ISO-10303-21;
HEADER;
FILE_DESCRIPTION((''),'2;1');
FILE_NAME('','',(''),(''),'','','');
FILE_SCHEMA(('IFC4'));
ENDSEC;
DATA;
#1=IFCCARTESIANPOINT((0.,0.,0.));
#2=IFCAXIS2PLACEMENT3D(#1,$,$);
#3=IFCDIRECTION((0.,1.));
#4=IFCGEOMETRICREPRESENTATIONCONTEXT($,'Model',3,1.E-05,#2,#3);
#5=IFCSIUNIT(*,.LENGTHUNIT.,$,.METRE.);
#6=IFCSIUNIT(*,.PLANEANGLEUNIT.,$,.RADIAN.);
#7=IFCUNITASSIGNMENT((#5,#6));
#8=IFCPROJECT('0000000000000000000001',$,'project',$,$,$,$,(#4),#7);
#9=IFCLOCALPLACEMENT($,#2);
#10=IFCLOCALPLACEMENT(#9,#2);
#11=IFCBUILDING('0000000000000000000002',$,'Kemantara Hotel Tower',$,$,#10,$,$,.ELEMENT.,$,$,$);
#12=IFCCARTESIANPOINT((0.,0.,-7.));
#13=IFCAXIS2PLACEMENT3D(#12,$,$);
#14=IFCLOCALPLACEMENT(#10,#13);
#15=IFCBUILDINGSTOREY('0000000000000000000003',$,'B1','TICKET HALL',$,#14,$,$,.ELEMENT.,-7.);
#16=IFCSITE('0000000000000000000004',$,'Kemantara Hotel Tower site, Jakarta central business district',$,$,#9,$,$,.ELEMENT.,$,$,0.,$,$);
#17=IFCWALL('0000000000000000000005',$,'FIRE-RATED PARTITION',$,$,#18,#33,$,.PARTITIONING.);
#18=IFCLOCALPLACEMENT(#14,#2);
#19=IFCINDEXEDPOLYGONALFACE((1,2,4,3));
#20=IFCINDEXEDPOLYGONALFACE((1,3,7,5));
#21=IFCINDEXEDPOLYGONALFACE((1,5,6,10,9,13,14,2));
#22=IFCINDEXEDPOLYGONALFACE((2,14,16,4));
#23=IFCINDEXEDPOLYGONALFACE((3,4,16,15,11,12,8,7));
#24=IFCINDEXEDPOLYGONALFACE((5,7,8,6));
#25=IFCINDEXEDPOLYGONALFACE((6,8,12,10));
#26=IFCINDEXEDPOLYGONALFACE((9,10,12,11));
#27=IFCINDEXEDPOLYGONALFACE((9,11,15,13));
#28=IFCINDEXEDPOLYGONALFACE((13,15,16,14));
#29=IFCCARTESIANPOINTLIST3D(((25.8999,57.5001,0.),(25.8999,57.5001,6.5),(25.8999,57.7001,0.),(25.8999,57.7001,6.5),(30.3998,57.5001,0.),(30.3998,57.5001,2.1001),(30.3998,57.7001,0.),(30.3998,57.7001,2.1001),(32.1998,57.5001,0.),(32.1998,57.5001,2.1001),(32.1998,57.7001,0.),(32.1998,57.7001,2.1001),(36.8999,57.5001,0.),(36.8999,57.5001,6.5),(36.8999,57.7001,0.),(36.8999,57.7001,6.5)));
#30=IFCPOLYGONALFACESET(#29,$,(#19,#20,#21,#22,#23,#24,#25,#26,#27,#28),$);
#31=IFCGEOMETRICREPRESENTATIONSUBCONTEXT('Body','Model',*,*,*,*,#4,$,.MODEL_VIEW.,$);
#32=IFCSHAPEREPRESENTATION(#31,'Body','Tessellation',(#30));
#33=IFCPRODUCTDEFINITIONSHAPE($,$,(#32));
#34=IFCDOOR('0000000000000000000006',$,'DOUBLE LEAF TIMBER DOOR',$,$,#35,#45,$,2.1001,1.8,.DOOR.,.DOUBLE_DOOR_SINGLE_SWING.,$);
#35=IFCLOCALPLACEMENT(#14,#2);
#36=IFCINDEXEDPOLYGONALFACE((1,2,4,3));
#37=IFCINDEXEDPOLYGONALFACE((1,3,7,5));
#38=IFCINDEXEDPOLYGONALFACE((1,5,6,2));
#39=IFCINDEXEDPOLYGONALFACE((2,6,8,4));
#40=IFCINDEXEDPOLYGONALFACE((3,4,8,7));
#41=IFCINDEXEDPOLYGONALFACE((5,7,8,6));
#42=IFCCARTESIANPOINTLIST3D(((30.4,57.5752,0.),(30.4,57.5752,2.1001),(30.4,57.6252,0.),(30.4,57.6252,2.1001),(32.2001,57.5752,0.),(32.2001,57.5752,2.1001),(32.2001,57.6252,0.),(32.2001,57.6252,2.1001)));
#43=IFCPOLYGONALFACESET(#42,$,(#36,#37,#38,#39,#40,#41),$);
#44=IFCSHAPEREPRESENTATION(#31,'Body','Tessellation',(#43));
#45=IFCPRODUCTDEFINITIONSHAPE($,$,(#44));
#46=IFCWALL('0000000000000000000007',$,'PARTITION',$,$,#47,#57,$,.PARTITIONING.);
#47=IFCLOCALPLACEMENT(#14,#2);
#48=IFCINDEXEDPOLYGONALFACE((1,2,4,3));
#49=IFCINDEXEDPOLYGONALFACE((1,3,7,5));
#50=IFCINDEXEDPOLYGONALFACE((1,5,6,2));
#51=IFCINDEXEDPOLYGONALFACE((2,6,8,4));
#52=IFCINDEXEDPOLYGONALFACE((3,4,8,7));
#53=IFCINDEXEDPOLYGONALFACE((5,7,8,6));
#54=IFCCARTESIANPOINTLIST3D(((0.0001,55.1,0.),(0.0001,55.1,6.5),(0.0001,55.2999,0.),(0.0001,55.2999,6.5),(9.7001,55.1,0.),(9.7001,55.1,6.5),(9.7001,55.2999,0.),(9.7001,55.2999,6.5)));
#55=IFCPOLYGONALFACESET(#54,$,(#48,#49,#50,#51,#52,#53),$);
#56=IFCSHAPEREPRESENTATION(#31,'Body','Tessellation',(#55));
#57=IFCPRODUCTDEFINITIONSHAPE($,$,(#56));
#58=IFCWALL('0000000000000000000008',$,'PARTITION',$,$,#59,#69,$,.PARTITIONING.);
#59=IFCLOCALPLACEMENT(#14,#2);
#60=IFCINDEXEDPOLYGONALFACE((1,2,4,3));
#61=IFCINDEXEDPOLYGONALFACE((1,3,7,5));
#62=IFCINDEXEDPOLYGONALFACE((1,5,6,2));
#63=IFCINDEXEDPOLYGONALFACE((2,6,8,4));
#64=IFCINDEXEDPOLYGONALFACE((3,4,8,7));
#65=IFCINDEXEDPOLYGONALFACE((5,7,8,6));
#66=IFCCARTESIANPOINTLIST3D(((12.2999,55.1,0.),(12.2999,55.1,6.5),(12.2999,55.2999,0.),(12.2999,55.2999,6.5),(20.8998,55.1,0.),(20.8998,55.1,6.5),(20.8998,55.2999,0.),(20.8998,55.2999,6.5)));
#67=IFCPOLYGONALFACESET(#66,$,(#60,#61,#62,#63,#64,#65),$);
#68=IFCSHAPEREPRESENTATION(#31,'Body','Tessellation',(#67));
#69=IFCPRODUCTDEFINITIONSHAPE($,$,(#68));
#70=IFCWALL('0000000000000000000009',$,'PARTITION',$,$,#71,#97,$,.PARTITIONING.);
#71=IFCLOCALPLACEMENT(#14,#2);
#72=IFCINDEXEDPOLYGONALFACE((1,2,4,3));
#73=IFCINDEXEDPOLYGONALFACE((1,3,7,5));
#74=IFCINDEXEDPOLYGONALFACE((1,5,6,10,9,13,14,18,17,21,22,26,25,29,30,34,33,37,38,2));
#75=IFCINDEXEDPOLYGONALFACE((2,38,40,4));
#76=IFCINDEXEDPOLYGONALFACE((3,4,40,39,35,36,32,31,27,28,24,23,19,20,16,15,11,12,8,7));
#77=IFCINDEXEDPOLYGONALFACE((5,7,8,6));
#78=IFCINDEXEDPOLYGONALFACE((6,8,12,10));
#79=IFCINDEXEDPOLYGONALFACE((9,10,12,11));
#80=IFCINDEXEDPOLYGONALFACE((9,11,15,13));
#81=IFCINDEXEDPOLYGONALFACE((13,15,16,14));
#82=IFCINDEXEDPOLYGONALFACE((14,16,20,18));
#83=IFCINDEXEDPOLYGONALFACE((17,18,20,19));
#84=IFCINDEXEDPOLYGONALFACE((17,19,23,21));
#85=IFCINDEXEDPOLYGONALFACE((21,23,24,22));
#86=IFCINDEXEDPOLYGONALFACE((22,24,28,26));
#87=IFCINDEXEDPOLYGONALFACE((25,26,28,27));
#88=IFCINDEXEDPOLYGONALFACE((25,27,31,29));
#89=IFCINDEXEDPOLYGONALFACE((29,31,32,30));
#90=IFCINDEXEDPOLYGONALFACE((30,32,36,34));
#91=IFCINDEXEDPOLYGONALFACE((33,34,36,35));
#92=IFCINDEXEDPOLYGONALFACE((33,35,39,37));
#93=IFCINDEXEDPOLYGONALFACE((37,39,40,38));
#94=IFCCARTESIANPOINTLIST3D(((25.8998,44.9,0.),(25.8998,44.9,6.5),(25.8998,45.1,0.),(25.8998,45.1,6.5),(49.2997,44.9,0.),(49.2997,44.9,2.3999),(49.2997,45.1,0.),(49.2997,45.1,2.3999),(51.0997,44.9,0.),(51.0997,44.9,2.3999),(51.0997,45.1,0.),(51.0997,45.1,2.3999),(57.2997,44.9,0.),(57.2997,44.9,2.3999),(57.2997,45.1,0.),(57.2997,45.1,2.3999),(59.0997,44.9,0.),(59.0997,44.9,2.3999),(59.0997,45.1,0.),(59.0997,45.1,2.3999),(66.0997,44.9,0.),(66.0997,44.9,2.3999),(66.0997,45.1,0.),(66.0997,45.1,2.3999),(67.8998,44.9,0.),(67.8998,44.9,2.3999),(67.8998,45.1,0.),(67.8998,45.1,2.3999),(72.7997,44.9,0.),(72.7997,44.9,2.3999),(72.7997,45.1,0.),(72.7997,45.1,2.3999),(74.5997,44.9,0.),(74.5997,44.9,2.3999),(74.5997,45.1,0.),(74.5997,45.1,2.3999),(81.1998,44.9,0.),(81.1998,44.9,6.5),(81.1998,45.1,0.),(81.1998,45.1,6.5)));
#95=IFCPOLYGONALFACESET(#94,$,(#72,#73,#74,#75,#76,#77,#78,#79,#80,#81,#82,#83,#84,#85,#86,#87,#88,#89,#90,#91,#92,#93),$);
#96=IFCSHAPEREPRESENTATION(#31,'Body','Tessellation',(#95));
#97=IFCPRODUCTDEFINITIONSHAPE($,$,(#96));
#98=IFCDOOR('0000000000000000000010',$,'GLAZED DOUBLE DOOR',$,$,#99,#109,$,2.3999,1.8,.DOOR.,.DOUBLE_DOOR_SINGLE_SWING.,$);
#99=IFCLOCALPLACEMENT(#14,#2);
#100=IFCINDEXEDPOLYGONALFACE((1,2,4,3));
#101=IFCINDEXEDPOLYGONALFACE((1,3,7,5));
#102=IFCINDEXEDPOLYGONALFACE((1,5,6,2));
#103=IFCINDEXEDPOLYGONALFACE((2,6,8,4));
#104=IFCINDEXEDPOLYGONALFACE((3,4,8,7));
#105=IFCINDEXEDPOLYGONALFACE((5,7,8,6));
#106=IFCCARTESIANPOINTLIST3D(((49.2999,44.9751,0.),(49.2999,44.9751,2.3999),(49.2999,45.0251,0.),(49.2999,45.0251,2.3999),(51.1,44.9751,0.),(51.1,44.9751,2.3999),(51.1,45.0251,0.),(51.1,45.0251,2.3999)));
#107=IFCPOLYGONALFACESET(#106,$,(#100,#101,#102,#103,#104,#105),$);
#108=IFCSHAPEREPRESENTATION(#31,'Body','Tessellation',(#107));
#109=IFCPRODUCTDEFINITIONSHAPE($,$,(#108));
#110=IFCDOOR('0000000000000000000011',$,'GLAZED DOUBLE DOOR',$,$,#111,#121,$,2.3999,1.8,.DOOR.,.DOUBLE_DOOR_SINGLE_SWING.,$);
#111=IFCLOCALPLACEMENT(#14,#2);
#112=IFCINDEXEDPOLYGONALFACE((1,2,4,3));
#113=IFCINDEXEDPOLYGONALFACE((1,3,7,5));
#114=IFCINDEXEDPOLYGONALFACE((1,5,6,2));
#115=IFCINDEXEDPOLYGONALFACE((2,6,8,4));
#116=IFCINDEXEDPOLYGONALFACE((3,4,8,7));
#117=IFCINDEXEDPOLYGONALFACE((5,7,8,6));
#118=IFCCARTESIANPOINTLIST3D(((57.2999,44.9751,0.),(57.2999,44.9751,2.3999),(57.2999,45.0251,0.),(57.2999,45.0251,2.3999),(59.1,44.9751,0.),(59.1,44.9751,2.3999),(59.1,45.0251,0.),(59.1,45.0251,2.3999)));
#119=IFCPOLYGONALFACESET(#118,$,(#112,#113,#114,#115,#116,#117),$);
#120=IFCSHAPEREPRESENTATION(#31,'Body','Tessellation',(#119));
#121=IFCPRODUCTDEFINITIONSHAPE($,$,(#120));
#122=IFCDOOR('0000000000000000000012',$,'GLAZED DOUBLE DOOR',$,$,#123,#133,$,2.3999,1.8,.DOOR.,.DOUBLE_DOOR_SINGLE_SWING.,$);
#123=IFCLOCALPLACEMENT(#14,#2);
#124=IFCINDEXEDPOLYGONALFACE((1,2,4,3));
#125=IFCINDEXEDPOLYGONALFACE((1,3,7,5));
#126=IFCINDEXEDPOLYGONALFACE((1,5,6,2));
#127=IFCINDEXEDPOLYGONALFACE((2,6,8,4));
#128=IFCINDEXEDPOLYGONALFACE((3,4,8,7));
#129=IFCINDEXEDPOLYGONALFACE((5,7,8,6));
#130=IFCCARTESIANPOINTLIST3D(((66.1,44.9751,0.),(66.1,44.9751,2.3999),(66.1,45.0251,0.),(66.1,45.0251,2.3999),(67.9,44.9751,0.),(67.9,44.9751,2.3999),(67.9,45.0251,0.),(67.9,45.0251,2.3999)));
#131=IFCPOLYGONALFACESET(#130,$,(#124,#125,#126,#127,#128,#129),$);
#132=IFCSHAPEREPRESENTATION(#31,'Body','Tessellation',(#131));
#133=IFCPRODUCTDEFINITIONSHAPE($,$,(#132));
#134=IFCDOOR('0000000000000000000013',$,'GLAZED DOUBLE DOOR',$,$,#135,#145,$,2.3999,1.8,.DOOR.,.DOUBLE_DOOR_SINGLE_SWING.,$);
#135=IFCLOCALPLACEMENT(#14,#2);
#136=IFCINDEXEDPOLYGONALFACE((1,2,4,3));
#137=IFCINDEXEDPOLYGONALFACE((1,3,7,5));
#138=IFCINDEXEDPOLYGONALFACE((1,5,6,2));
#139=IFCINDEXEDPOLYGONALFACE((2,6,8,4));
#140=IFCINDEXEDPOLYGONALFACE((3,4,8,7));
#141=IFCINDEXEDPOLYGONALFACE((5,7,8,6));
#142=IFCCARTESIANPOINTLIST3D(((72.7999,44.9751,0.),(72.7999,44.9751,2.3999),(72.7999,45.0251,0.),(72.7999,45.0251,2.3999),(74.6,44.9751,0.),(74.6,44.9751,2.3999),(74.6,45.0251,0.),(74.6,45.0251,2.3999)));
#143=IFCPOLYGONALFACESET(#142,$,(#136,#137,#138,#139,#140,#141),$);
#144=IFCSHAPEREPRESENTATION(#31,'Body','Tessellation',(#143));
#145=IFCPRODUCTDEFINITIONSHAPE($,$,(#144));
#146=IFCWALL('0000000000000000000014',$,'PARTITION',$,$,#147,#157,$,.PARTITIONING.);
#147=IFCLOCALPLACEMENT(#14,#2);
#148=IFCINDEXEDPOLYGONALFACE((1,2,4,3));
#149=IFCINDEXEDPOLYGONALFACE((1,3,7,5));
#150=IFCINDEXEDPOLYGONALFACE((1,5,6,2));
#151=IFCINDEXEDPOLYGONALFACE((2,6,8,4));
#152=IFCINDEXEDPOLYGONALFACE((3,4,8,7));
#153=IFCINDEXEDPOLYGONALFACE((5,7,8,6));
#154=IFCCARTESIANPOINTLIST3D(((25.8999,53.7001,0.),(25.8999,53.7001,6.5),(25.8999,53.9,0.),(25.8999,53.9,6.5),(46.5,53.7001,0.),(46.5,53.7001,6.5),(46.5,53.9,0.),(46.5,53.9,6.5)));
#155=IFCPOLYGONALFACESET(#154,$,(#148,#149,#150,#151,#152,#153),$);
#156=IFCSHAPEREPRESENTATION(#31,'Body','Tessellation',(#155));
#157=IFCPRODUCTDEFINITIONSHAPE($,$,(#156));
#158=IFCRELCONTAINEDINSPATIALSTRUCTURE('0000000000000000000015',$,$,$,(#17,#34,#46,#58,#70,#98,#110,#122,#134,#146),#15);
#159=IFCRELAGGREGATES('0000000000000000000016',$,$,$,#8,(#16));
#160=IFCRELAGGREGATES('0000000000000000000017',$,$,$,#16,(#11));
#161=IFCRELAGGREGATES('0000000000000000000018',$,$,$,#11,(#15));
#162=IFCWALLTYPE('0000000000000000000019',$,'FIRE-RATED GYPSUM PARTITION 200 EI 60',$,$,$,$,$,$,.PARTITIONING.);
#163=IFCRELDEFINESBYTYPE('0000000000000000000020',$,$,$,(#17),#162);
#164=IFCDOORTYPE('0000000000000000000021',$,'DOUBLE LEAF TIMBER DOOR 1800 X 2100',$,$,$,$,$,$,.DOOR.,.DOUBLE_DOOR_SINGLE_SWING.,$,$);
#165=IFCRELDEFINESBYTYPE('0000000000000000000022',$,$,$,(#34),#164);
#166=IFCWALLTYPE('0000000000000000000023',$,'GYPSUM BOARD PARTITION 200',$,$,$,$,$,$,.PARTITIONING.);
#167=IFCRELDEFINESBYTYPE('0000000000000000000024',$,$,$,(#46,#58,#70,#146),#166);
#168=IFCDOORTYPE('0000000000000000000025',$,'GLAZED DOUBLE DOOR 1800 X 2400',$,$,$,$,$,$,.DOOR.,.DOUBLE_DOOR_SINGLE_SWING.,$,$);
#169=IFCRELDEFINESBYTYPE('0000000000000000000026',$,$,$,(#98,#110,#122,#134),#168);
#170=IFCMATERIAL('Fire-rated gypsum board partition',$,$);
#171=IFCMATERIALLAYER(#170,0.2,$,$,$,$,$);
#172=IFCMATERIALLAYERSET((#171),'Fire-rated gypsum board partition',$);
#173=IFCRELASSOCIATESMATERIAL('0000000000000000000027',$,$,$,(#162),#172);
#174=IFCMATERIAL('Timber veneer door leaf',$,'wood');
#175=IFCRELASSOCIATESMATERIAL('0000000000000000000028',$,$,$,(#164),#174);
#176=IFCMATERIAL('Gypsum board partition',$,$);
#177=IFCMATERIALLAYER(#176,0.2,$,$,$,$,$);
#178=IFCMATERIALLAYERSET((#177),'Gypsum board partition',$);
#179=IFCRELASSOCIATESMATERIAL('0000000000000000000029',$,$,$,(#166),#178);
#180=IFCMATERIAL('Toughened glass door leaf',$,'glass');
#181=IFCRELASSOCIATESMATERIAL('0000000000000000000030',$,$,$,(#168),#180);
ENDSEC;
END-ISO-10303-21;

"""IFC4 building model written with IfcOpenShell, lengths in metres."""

from ifc_helpers import new_model, si_unit, direction, frame, frame_2d, origin, place, context, subcontext, project, spatial, rectangle, extrude, material, layer, layer_set, type_object, element, fill, save


model = new_model("IFC4")

# Units and contexts
model_context = context("Model", 3, precision=1e-05, world=origin(), true_north=direction((0.0, 1.0)))
body_context = subcontext(model_context, "Body", "Model", "MODEL_VIEW")
ifc_project = project(units=[si_unit("LENGTHUNIT", "METRE"), si_unit("PLANEANGLEUNIT", "RADIAN")], contexts=[model_context])

# Site, building, storey
site_placement = place(None, origin())
site = spatial("IfcSite", under=ifc_project, at=site_placement, Name="Kemantara Hotel Tower site, Jakarta central business district", CompositionType="ELEMENT", RefElevation=0.0)
building_placement = place(site_placement, origin())
building = spatial("IfcBuilding", under=site, at=building_placement, Name="Kemantara Hotel Tower", CompositionType="ELEMENT")
storey_placement = place(building_placement, frame((0.0, 0.0, -7.0)))
storey = spatial("IfcBuildingStorey", under=building, at=storey_placement, Name="B1", Description="TICKET HALL", CompositionType="ELEMENT", Elevation=-7.0)

# Wall, opening, door
ifc_material_1 = material(Name="Fire-rated gypsum board partition")
ifc_layer_1 = layer(ifc_material_1, 0.2)
ifc_layer_set_1 = layer_set([ifc_layer_1], Name="Fire-rated gypsum board partition")
wall_type_1 = type_object("IfcWallType", Name="FIRE-RATED GYPSUM PARTITION 200 EI 60", PredefinedType="PARTITIONING", material=ifc_layer_set_1)
wall_1_placement = place(storey_placement, frame((25.8999, 57.6001, 0.0), z_axis=(0.0, 0.0, 1.0), x_axis=(1.0, 0.0, 0.0)))
wall_1 = element("IfcWall", 1, at=wall_1_placement, inside=storey, type_object=wall_type_1, Name="FIRE-RATED PARTITION", PredefinedType="PARTITIONING", context=body_context, shape_type="SweptSolid", body=[
    extrude(rectangle(XDim=11.0, YDim=0.2, at=frame_2d((5.5, 0.0))), origin(), (0.0, 0.0, 1.0), 6.5),
])
opening_1_placement = place(wall_1_placement, frame((4.5, 0.0, 0.0)))
opening_1 = element("IfcOpeningElement", 2, at=opening_1_placement, cuts=wall_1, PredefinedType="OPENING", context=body_context, shape_type="SweptSolid", body=[
    extrude(rectangle(XDim=1.8, YDim=2.1001, at=frame_2d((0.8999, 1.05))), frame((0.0, 0.1099, 0.0), z_axis=(0.0, -1.0, 0.0), x_axis=(1.0, 0.0, 0.0)), (0.0, 0.0, 1.0), 0.22),
])
ifc_material_2 = material(Name="Timber veneer door leaf", Category="wood")
door_type_1 = type_object("IfcDoorType", Name="DOUBLE LEAF TIMBER DOOR 1800 X 2100", OperationType="DOUBLE_DOOR_SINGLE_SWING", PredefinedType="DOOR", material=ifc_material_2)
door_1_placement = place(opening_1_placement, frame((1.8, 0.0, 0.0), z_axis=(0.0, 0.0, 1.0), x_axis=(-1.0, 0.0, 0.0)))
door_1 = element("IfcDoor", 3, at=door_1_placement, inside=storey, type_object=door_type_1, Name="DOUBLE LEAF TIMBER DOOR", OperationType="DOUBLE_DOOR_SINGLE_SWING", OverallHeight=2.1001, OverallWidth=1.8, PredefinedType="DOOR", context=body_context, shape_type="SweptSolid", body=[
    extrude(rectangle(XDim=1.8, YDim=2.1001, at=frame_2d((0.8999, 1.05))), frame((0.0, 0.0249, 0.0), z_axis=(0.0, -1.0, 0.0), x_axis=(1.0, 0.0, 0.0)), (0.0, 0.0, 1.0), 0.05),
])
fill(opening_1, door_1)

# Walls
ifc_material_3 = material(Name="Gypsum board partition")
ifc_layer_2 = layer(ifc_material_3, 0.2)
ifc_layer_set_2 = layer_set([ifc_layer_2], Name="Gypsum board partition")
wall_type_2 = type_object("IfcWallType", Name="GYPSUM BOARD PARTITION 200", PredefinedType="PARTITIONING", material=ifc_layer_set_2)
wall_2_placement = place(storey_placement, frame((0.0, 55.2, 0.0), z_axis=(0.0, 0.0, 1.0), x_axis=(1.0, 0.0, 0.0)))
element("IfcWall", 4, at=wall_2_placement, inside=storey, type_object=wall_type_2, Name="PARTITION", PredefinedType="PARTITIONING", context=body_context, shape_type="SweptSolid", body=[
    extrude(rectangle(XDim=9.7, YDim=0.2, at=frame_2d((4.8501, 0.0))), origin(), (0.0, 0.0, 1.0), 6.5),
])
wall_3_placement = place(storey_placement, frame((12.3, 55.2, 0.0), z_axis=(0.0, 0.0, 1.0), x_axis=(1.0, 0.0, 0.0)))
element("IfcWall", 5, at=wall_3_placement, inside=storey, type_object=wall_type_2, Name="PARTITION", PredefinedType="PARTITIONING", context=body_context, shape_type="SweptSolid", body=[
    extrude(rectangle(XDim=8.5999, YDim=0.2, at=frame_2d((4.2998, 0.0))), origin(), (0.0, 0.0, 1.0), 6.5),
])

# Wall, openings, doors
wall_4_placement = place(storey_placement, frame((25.8999, 45.0, 0.0), z_axis=(0.0, 0.0, 1.0), x_axis=(1.0, 0.0, 0.0)))
wall_4 = element("IfcWall", 6, at=wall_4_placement, inside=storey, type_object=wall_type_2, Name="PARTITION", PredefinedType="PARTITIONING", context=body_context, shape_type="SweptSolid", body=[
    extrude(rectangle(XDim=55.3, YDim=0.2, at=frame_2d((27.6499, 0.0))), origin(), (0.0, 0.0, 1.0), 6.5),
])
opening_2_placement = place(wall_4_placement, frame((23.3999, 0.0, 0.0)))
opening_2 = element("IfcOpeningElement", 7, at=opening_2_placement, cuts=wall_4, PredefinedType="OPENING", context=body_context, shape_type="SweptSolid", body=[
    extrude(rectangle(XDim=1.8, YDim=2.3999, at=frame_2d((0.8999, 1.2))), frame((0.0, 0.1099, 0.0), z_axis=(0.0, -1.0, 0.0), x_axis=(1.0, 0.0, 0.0)), (0.0, 0.0, 1.0), 0.22),
])
opening_3_placement = place(wall_4_placement, frame((31.3999, 0.0, 0.0)))
opening_3 = element("IfcOpeningElement", 8, at=opening_3_placement, cuts=wall_4, PredefinedType="OPENING", context=body_context, shape_type="SweptSolid", body=[
    extrude(rectangle(XDim=1.8, YDim=2.3999, at=frame_2d((0.8999, 1.2))), frame((0.0, 0.1099, 0.0), z_axis=(0.0, -1.0, 0.0), x_axis=(1.0, 0.0, 0.0)), (0.0, 0.0, 1.0), 0.22),
])
opening_4_placement = place(wall_4_placement, frame((40.2, 0.0, 0.0)))
opening_4 = element("IfcOpeningElement", 9, at=opening_4_placement, cuts=wall_4, PredefinedType="OPENING", context=body_context, shape_type="SweptSolid", body=[
    extrude(rectangle(XDim=1.8, YDim=2.3999, at=frame_2d((0.8999, 1.2))), frame((0.0, 0.1099, 0.0), z_axis=(0.0, -1.0, 0.0), x_axis=(1.0, 0.0, 0.0)), (0.0, 0.0, 1.0), 0.22),
])
opening_5_placement = place(wall_4_placement, frame((46.8999, 0.0, 0.0)))
opening_5 = element("IfcOpeningElement", 10, at=opening_5_placement, cuts=wall_4, PredefinedType="OPENING", context=body_context, shape_type="SweptSolid", body=[
    extrude(rectangle(XDim=1.8, YDim=2.3999, at=frame_2d((0.8999, 1.2))), frame((0.0, 0.1099, 0.0), z_axis=(0.0, -1.0, 0.0), x_axis=(1.0, 0.0, 0.0)), (0.0, 0.0, 1.0), 0.22),
])
ifc_material_4 = material(Name="Toughened glass door leaf", Category="glass")
door_type_2 = type_object("IfcDoorType", Name="GLAZED DOUBLE DOOR 1800 X 2400", OperationType="DOUBLE_DOOR_SINGLE_SWING", PredefinedType="DOOR", material=ifc_material_4)
door_2_placement = place(opening_2_placement, frame((1.8, 0.0, 0.0), z_axis=(0.0, 0.0, 1.0), x_axis=(-1.0, 0.0, 0.0)))
door_2 = element("IfcDoor", 11, at=door_2_placement, inside=storey, type_object=door_type_2, Name="GLAZED DOUBLE DOOR", OperationType="DOUBLE_DOOR_SINGLE_SWING", OverallHeight=2.3999, OverallWidth=1.8, PredefinedType="DOOR", context=body_context, shape_type="SweptSolid", body=[
    extrude(rectangle(XDim=1.8, YDim=2.3999, at=frame_2d((0.8999, 1.2))), frame((0.0, 0.0249, 0.0), z_axis=(0.0, -1.0, 0.0), x_axis=(1.0, 0.0, 0.0)), (0.0, 0.0, 1.0), 0.05),
])
fill(opening_2, door_2)
door_3_placement = place(opening_3_placement, frame((1.8, 0.0, 0.0), z_axis=(0.0, 0.0, 1.0), x_axis=(-1.0, 0.0, 0.0)))
door_3 = element("IfcDoor", 12, at=door_3_placement, inside=storey, type_object=door_type_2, Name="GLAZED DOUBLE DOOR", OperationType="DOUBLE_DOOR_SINGLE_SWING", OverallHeight=2.3999, OverallWidth=1.8, PredefinedType="DOOR", context=body_context, shape_type="SweptSolid", body=[
    extrude(rectangle(XDim=1.8, YDim=2.3999, at=frame_2d((0.8999, 1.2))), frame((0.0, 0.0249, 0.0), z_axis=(0.0, -1.0, 0.0), x_axis=(1.0, 0.0, 0.0)), (0.0, 0.0, 1.0), 0.05),
])
fill(opening_3, door_3)
door_4_placement = place(opening_4_placement, frame((1.8, 0.0, 0.0), z_axis=(0.0, 0.0, 1.0), x_axis=(-1.0, 0.0, 0.0)))
door_4 = element("IfcDoor", 13, at=door_4_placement, inside=storey, type_object=door_type_2, Name="GLAZED DOUBLE DOOR", OperationType="DOUBLE_DOOR_SINGLE_SWING", OverallHeight=2.3999, OverallWidth=1.8, PredefinedType="DOOR", context=body_context, shape_type="SweptSolid", body=[
    extrude(rectangle(XDim=1.8, YDim=2.3999, at=frame_2d((0.8999, 1.2))), frame((0.0, 0.0249, 0.0), z_axis=(0.0, -1.0, 0.0), x_axis=(1.0, 0.0, 0.0)), (0.0, 0.0, 1.0), 0.05),
])
fill(opening_4, door_4)
door_5_placement = place(opening_5_placement, frame((1.8, 0.0, 0.0), z_axis=(0.0, 0.0, 1.0), x_axis=(-1.0, 0.0, 0.0)))
door_5 = element("IfcDoor", 14, at=door_5_placement, inside=storey, type_object=door_type_2, Name="GLAZED DOUBLE DOOR", OperationType="DOUBLE_DOOR_SINGLE_SWING", OverallHeight=2.3999, OverallWidth=1.8, PredefinedType="DOOR", context=body_context, shape_type="SweptSolid", body=[
    extrude(rectangle(XDim=1.8, YDim=2.3999, at=frame_2d((0.8999, 1.2))), frame((0.0, 0.0249, 0.0), z_axis=(0.0, -1.0, 0.0), x_axis=(1.0, 0.0, 0.0)), (0.0, 0.0, 1.0), 0.05),
])
fill(opening_5, door_5)

# Wall
wall_5_placement = place(storey_placement, frame((25.8999, 53.8, 0.0), z_axis=(0.0, 0.0, 1.0), x_axis=(1.0, 0.0, 0.0)))
element("IfcWall", 15, at=wall_5_placement, inside=storey, type_object=wall_type_2, Name="PARTITION", PredefinedType="PARTITIONING", context=body_context, shape_type="SweptSolid", body=[
    extrude(rectangle(XDim=20.6001, YDim=0.2, at=frame_2d((10.3, 0.0))), origin(), (0.0, 0.0, 1.0), 6.5),
])

save(model, "model.ifc")
